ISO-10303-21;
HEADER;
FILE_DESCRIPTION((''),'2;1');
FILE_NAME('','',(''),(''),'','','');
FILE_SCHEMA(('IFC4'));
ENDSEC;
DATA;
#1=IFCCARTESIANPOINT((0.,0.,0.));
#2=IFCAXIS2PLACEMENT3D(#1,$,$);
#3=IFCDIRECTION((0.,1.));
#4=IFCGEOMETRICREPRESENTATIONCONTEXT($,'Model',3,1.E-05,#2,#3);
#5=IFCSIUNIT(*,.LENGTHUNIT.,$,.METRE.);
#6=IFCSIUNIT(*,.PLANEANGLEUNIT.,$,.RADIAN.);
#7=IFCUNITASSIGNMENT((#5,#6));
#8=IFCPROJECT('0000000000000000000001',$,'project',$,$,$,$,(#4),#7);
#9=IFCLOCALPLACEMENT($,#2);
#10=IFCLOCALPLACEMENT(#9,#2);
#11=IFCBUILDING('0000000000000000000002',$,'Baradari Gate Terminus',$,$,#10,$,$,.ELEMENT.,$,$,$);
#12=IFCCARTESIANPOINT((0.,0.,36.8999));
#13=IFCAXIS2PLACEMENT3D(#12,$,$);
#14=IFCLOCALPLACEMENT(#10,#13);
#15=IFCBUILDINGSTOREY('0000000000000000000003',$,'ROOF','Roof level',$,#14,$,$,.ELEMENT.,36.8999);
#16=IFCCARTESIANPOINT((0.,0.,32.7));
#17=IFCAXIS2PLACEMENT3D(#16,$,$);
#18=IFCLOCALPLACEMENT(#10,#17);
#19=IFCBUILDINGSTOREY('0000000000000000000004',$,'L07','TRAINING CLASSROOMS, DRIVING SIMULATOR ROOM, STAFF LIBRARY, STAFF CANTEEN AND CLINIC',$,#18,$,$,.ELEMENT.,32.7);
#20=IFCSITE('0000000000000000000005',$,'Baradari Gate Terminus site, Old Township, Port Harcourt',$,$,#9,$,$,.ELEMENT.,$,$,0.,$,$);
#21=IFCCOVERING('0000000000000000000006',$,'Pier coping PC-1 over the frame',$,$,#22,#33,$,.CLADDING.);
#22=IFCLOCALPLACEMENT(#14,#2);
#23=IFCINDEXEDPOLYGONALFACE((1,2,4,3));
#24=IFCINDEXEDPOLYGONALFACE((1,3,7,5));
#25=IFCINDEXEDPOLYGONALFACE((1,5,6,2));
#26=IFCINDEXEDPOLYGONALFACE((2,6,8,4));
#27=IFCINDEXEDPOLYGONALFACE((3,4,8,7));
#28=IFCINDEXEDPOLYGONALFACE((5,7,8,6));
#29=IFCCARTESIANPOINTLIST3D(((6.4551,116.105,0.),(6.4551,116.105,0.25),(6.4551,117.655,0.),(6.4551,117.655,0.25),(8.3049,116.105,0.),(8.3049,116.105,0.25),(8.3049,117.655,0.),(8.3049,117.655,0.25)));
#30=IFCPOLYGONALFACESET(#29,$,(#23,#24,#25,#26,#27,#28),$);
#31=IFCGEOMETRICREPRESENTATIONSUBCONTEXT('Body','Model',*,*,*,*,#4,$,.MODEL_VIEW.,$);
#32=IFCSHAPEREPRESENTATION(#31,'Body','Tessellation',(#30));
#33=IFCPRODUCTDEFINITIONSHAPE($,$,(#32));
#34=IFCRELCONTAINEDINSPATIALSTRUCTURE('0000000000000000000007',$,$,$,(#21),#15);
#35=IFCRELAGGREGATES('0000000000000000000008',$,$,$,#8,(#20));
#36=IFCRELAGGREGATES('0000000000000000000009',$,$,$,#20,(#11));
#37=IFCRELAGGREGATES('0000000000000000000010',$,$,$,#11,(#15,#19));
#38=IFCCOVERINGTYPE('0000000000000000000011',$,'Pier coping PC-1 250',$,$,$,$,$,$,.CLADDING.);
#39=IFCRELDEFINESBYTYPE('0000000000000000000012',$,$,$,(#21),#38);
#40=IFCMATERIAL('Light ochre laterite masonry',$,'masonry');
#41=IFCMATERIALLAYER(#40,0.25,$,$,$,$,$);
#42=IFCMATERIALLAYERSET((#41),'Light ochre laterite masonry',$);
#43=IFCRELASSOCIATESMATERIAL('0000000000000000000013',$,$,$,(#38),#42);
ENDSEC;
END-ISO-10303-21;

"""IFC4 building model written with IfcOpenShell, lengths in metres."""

from ifc_helpers import new_model, si_unit, direction, frame, origin, place, context, subcontext, project, spatial, polyline, outline, extrude, material, layer, layer_set, type_object, element, save


model = new_model("IFC4")

# Units and contexts
model_context = context("Model", 3, precision=1e-05, world=origin(), true_north=direction((0.0, 1.0)))
body_context = subcontext(model_context, "Body", "Model", "MODEL_VIEW")
ifc_project = project(units=[si_unit("LENGTHUNIT", "METRE"), si_unit("PLANEANGLEUNIT", "RADIAN")], contexts=[model_context])

# Site, building, storey
site_placement = place(None, origin())
site = spatial("IfcSite", under=ifc_project, at=site_placement, Name="Baradari Gate Terminus site, Old Township, Port Harcourt", CompositionType="ELEMENT", RefElevation=0.0)
building_placement = place(site_placement, origin())
building = spatial("IfcBuilding", under=site, at=building_placement, Name="Baradari Gate Terminus", CompositionType="ELEMENT")
storey_1_placement = place(building_placement, frame((0.0, 0.0, 36.8999)))
storey_1 = spatial("IfcBuildingStorey", under=building, at=storey_1_placement, Name="ROOF", Description="Roof level", CompositionType="ELEMENT", Elevation=36.8999)

# Shared definitions
storey_2_placement = place(building_placement, frame((0.0, 0.0, 32.7)))
storey_2 = spatial("IfcBuildingStorey", under=building, at=storey_2_placement, Name="L07", Description="TRAINING CLASSROOMS, DRIVING SIMULATOR ROOM, STAFF LIBRARY, STAFF CANTEEN AND CLINIC", CompositionType="ELEMENT", Elevation=32.7)

# Covering
ifc_material_1 = material(Name="Light ochre laterite masonry", Category="masonry")
ifc_layer_1 = layer(ifc_material_1, 0.25)
ifc_layer_set_1 = layer_set([ifc_layer_1], Name="Light ochre laterite masonry")
covering_type_1 = type_object("IfcCoveringType", Name="Pier coping PC-1 250", PredefinedType="CLADDING", material=ifc_layer_set_1)
covering_1_placement = place(storey_1_placement, origin())
element("IfcCovering", 1, at=covering_1_placement, inside=storey_1, type_object=covering_type_1, Name="Pier coping PC-1 over the frame", PredefinedType="CLADDING", context=body_context, shape_type="SweptSolid", body=[
    extrude(outline(polyline([(8.3049, 116.105), (6.4551, 116.105), (6.4551, 117.655), (8.3049, 117.655), (8.3049, 116.105)])), origin(), (0.0, 0.0, 1.0), 0.25),
])

save(model, "model.ifc")
